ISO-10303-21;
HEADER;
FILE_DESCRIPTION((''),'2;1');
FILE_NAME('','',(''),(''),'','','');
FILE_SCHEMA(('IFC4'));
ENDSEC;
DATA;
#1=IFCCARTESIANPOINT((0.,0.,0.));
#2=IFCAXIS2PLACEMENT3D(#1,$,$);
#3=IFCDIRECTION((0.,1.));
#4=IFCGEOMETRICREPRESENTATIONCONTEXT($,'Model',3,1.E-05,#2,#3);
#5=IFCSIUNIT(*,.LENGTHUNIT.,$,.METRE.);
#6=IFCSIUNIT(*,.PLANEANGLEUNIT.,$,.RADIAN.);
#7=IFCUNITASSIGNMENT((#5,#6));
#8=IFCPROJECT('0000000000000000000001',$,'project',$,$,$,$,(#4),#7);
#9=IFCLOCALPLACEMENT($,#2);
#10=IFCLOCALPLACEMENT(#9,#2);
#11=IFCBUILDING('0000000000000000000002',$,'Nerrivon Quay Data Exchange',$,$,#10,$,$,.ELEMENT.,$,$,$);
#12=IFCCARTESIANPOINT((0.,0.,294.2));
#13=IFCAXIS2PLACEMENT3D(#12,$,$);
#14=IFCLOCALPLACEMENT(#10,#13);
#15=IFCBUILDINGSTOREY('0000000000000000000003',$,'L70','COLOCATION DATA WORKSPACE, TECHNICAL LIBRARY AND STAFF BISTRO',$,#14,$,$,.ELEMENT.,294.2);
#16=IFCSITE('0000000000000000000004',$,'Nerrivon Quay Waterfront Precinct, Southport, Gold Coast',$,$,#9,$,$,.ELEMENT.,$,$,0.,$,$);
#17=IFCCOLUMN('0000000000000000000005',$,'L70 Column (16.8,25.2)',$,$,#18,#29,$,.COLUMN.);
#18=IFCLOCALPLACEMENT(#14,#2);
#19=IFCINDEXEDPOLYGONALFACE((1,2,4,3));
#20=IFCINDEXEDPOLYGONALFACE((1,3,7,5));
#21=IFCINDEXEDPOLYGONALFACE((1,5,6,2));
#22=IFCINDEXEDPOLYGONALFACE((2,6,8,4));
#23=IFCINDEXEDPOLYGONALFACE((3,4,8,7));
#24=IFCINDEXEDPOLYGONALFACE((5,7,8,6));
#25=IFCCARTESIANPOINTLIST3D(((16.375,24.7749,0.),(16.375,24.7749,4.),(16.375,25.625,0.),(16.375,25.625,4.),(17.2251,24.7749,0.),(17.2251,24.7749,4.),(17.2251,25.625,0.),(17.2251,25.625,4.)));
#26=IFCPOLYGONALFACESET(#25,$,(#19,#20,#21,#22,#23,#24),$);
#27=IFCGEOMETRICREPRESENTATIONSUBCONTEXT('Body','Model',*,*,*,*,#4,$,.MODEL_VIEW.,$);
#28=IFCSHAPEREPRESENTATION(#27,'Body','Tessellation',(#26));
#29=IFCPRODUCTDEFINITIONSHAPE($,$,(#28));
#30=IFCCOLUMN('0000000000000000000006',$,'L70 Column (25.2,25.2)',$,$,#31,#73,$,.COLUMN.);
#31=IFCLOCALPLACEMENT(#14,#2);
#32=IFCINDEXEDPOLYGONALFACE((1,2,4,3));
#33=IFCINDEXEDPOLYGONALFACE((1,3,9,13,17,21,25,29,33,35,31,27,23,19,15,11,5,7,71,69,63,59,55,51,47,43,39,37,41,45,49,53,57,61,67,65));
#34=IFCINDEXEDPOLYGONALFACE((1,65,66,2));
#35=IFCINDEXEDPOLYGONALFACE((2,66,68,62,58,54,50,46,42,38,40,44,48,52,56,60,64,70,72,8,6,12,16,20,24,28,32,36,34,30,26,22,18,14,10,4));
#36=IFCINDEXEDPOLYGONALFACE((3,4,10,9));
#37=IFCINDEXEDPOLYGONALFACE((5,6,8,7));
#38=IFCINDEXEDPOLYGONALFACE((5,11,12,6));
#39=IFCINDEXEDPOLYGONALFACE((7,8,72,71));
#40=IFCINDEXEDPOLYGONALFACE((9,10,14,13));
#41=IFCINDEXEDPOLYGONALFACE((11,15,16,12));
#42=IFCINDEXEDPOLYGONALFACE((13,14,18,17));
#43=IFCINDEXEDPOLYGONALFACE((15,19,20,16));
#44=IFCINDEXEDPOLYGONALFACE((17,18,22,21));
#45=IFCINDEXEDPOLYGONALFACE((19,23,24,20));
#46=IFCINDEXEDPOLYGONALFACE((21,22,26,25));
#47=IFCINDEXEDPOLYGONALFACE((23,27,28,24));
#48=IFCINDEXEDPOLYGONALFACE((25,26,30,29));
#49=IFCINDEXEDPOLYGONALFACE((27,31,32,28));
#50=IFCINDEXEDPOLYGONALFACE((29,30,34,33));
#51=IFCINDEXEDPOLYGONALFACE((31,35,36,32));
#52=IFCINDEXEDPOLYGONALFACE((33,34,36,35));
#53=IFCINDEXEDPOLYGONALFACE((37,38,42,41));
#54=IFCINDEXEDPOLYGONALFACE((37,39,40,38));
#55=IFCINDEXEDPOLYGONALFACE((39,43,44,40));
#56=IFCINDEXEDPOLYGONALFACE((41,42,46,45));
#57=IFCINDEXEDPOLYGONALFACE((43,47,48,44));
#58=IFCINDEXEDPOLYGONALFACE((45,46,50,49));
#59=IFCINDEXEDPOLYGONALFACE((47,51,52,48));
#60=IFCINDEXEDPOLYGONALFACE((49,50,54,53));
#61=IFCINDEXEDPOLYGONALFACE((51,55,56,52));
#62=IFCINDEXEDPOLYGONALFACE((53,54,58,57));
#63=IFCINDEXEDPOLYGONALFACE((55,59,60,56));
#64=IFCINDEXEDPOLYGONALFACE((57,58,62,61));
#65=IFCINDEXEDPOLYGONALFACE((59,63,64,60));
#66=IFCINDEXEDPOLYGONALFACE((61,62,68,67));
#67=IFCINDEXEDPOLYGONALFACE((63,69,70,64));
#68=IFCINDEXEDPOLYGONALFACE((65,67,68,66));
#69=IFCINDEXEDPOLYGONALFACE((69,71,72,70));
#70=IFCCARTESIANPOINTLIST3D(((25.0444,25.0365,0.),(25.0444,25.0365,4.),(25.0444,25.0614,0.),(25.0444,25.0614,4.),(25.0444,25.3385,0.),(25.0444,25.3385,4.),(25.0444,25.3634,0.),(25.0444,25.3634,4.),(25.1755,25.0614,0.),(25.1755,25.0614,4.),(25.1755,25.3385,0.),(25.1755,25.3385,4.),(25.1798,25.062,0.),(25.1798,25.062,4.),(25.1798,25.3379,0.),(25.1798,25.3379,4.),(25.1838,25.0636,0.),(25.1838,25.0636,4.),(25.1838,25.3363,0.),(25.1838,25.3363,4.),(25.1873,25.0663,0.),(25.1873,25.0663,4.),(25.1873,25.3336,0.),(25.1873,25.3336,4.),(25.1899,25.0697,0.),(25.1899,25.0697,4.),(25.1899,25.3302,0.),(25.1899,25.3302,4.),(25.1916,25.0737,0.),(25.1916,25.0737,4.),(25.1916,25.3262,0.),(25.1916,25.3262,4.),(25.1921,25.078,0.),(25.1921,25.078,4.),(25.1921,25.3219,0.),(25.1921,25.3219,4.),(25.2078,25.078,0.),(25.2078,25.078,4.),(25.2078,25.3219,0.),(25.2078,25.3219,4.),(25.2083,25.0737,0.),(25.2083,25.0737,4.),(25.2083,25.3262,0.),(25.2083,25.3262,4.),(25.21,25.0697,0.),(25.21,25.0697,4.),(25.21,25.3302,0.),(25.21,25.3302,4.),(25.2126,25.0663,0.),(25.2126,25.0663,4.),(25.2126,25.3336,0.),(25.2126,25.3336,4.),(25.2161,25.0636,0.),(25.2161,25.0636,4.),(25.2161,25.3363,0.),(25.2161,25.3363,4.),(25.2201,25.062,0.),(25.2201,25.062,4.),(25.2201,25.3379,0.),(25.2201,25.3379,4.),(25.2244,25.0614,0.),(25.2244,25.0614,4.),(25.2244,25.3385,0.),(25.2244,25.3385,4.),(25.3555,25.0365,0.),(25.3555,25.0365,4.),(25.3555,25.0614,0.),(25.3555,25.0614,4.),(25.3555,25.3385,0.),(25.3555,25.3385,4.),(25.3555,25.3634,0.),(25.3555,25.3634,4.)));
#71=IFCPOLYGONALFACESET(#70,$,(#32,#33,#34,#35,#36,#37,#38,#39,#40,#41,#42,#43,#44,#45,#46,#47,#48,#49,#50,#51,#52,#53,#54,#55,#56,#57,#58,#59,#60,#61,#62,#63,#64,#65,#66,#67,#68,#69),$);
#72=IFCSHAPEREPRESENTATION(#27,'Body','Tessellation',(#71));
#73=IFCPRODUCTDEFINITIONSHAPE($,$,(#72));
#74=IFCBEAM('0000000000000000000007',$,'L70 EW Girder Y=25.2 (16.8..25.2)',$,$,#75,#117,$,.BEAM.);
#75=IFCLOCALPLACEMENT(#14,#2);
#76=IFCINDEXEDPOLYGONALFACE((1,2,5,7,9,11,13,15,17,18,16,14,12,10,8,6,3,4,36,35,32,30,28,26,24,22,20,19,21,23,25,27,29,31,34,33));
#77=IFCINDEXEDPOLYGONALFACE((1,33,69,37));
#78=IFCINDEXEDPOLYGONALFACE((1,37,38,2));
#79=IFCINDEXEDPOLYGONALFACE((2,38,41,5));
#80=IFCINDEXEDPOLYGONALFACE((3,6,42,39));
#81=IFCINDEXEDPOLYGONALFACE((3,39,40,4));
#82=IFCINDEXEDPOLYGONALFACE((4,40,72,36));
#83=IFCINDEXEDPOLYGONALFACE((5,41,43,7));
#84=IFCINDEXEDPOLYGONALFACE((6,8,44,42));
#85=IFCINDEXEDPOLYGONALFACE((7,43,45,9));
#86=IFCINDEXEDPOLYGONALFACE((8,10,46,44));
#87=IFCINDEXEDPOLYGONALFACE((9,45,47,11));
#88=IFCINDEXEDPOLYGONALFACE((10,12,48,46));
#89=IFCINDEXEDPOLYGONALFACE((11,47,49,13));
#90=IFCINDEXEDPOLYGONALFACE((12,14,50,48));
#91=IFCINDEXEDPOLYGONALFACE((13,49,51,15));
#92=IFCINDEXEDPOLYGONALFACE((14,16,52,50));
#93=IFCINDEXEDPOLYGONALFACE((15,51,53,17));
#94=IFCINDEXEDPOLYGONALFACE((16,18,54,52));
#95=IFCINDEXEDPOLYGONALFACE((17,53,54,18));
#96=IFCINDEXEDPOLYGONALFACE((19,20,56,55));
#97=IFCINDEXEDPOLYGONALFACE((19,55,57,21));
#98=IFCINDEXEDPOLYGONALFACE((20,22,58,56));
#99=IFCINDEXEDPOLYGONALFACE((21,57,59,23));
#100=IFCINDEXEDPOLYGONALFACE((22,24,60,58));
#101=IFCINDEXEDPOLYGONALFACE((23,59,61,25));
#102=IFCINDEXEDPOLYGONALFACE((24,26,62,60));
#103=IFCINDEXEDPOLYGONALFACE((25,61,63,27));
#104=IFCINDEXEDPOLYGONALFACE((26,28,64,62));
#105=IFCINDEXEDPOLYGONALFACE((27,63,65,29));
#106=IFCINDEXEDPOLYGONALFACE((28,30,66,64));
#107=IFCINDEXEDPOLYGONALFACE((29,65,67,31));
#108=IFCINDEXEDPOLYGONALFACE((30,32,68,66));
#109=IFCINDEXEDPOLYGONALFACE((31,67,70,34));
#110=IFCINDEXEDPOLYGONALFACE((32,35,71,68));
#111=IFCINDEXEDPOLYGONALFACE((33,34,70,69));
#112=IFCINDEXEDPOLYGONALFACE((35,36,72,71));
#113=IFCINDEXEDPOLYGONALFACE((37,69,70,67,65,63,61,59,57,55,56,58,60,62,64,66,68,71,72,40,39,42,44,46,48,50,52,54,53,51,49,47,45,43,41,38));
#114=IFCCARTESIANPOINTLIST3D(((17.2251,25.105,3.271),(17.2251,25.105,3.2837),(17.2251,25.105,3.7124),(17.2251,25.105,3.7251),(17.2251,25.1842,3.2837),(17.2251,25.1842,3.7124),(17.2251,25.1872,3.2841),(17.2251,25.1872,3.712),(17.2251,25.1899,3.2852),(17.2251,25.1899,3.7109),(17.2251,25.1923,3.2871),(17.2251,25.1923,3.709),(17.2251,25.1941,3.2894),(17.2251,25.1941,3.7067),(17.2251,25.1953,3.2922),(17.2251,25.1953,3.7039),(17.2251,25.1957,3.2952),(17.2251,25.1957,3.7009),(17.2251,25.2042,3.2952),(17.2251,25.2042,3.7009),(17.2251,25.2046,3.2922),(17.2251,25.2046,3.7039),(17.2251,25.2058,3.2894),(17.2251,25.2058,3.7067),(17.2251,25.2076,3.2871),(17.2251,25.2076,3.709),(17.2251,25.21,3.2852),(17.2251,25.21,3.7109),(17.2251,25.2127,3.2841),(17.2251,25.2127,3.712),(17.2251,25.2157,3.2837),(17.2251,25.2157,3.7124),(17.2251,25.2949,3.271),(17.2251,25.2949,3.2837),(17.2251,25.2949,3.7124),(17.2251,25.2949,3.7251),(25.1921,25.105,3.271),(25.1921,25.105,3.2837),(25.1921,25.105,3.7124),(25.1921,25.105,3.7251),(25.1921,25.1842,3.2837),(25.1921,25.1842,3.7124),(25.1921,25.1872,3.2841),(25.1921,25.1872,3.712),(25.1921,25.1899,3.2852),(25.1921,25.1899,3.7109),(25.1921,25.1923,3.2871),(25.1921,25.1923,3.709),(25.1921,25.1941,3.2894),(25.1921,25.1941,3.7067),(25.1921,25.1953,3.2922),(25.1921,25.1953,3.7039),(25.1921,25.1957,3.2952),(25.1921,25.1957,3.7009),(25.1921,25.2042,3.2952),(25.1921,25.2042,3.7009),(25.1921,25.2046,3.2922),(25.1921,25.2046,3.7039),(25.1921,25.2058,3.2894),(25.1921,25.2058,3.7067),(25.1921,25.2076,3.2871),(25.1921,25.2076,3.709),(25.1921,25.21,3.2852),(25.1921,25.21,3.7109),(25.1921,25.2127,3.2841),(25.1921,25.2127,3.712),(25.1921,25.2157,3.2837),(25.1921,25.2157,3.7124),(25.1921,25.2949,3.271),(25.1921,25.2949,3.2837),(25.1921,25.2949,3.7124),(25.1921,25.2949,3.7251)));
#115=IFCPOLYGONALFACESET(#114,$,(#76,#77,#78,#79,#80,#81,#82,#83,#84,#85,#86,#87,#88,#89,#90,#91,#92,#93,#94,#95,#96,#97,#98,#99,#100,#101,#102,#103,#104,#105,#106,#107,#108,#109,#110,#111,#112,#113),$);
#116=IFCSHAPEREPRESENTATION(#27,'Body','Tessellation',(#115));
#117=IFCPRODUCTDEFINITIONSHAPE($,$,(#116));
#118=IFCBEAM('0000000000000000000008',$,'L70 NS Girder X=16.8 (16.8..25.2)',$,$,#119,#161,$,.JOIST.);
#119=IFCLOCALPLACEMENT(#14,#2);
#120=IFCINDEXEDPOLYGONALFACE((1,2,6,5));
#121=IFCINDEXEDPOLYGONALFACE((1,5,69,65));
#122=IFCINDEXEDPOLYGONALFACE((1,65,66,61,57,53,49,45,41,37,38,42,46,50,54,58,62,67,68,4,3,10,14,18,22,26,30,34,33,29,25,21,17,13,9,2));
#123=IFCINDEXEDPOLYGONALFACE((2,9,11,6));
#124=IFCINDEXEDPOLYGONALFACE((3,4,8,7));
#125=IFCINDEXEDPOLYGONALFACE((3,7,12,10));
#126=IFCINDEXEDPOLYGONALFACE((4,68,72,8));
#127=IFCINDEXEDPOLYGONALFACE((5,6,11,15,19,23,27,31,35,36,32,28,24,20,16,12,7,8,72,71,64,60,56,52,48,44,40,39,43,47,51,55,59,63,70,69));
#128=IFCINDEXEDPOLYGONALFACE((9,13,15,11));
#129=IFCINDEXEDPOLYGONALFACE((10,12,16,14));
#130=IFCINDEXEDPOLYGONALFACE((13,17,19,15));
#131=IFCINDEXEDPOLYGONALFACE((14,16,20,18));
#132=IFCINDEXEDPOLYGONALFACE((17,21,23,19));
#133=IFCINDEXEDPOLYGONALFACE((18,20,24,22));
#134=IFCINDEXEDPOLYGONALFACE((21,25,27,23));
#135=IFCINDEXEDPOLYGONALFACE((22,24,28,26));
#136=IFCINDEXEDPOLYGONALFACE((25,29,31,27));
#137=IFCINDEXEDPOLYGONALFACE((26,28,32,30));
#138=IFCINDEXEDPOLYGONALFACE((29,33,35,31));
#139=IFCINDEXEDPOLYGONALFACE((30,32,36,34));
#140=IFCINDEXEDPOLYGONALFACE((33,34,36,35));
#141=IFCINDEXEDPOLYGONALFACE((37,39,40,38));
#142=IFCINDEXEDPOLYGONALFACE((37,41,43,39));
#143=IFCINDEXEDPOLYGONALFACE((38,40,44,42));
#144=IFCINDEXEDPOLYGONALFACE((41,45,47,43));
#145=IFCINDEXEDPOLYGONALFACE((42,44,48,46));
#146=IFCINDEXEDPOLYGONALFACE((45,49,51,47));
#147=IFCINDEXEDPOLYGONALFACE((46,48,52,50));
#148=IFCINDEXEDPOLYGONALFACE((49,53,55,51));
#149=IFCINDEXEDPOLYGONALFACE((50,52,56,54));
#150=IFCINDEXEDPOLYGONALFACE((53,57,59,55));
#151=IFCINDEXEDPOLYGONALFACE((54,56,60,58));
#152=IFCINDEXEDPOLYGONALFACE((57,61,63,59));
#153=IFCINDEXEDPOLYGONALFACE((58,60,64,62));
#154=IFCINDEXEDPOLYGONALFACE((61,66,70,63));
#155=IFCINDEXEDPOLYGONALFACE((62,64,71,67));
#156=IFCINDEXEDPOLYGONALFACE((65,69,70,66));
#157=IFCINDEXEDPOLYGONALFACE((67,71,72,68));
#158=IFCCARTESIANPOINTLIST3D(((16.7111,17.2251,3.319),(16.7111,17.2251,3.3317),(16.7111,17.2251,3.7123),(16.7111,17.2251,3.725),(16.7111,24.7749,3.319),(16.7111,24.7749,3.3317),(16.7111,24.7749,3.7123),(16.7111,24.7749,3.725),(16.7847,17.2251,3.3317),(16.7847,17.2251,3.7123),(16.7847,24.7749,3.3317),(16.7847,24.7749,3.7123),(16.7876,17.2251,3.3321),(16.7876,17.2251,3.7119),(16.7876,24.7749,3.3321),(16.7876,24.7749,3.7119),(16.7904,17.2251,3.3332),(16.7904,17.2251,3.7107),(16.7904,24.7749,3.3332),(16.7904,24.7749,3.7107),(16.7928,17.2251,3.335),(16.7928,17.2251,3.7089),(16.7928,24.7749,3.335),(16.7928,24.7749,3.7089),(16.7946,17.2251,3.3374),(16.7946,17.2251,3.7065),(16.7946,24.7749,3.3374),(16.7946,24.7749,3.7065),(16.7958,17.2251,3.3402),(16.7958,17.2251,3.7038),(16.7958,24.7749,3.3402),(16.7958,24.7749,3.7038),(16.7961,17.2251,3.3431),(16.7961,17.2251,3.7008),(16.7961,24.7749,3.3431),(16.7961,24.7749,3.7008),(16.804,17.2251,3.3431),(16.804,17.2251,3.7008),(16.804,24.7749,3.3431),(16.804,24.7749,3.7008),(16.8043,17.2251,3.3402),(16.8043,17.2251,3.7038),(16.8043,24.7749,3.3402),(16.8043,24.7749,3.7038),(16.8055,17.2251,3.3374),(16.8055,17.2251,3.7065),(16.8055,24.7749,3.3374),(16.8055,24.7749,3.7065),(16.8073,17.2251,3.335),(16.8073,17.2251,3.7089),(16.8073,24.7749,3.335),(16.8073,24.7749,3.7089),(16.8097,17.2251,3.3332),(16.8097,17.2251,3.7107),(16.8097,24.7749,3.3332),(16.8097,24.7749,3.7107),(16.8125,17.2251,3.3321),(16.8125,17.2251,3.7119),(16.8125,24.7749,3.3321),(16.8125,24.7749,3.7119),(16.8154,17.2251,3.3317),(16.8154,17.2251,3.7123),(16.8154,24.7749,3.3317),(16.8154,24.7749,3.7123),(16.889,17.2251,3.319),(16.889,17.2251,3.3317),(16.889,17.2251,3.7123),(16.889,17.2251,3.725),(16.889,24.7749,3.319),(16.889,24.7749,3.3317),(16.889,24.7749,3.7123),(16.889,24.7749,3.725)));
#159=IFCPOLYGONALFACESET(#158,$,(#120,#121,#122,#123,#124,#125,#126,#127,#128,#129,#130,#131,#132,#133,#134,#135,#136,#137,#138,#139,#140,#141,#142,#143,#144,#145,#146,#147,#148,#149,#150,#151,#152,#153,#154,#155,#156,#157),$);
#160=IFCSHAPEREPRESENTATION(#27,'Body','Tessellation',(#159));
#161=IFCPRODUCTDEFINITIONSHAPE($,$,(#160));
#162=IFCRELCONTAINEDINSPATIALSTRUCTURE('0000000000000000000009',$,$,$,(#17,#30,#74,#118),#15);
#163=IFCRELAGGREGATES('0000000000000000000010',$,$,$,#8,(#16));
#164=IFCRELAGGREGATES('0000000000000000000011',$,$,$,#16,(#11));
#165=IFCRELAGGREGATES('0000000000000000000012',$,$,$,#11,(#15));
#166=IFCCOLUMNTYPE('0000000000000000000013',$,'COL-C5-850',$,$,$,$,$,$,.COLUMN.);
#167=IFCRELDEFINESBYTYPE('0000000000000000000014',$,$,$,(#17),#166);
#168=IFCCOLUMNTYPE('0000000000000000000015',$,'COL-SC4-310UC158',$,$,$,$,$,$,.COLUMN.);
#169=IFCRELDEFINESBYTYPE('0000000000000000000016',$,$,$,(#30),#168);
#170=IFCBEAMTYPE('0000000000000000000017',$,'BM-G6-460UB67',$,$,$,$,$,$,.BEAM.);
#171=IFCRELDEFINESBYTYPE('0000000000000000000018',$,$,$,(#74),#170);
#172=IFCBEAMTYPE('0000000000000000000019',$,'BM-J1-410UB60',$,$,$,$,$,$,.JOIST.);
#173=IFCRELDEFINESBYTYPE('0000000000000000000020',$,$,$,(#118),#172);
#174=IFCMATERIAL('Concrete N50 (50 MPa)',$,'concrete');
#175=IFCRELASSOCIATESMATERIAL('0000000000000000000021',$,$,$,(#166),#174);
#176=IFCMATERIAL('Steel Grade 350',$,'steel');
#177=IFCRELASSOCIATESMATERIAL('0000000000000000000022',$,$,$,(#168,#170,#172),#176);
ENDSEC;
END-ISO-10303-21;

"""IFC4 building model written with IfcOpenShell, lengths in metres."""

from ifc_helpers import new_model, si_unit, direction, frame, origin, origin_2d, place, context, subcontext, project, spatial, rectangle, i_section, extrude, material, material_profile, profile_set, type_object, element, save


model = new_model("IFC4")

# Units and contexts
model_context = context("Model", 3, precision=1e-05, world=origin(), true_north=direction((0.0, 1.0)))
body_context = subcontext(model_context, "Body", "Model", "MODEL_VIEW")
ifc_project = project(units=[si_unit("LENGTHUNIT", "METRE"), si_unit("PLANEANGLEUNIT", "RADIAN")], contexts=[model_context])

# Site, building, storey
site_placement = place(None, origin())
site = spatial("IfcSite", under=ifc_project, at=site_placement, Name="Nerrivon Quay Waterfront Precinct, Southport, Gold Coast", CompositionType="ELEMENT", RefElevation=0.0)
building_placement = place(site_placement, origin())
building = spatial("IfcBuilding", under=site, at=building_placement, Name="Nerrivon Quay Data Exchange", CompositionType="ELEMENT")
storey_placement = place(building_placement, frame((0.0, 0.0, 294.2)))
storey = spatial("IfcBuildingStorey", under=building, at=storey_placement, Name="L70", Description="COLOCATION DATA WORKSPACE, TECHNICAL LIBRARY AND STAFF BISTRO", CompositionType="ELEMENT", Elevation=294.2)

# Columns
ifc_material_1 = material(Name="Concrete N50 (50 MPa)", Category="concrete")
ifc_material_profile_1 = material_profile(ifc_material_1, rectangle(XDim=0.8501, YDim=0.8501, at=origin_2d()), Name="RC-COL-850x850")
ifc_profile_set_1 = profile_set([ifc_material_profile_1], Name="Concrete N50 (50 MPa)")
column_type_1 = type_object("IfcColumnType", Name="COL-C5-850", PredefinedType="COLUMN", material=ifc_profile_set_1)
column_1_placement = place(storey_placement, frame((16.8, 25.2, 0.0), z_axis=(0.0, 0.0, 1.0), x_axis=(1.0, 0.0, 0.0)))
element("IfcColumn", 1, at=column_1_placement, inside=storey, type_object=column_type_1, Name="L70 Column (16.8,25.2)", PredefinedType="COLUMN", context=body_context, shape_type="SweptSolid", body=[
    extrude(rectangle(XDim=0.8501, YDim=0.8501, at=origin_2d()), origin(), (0.0, 0.0, 1.0), 4.0),
])
ifc_material_2 = material(Name="Steel Grade 350", Category="steel")
ifc_material_profile_2 = material_profile(ifc_material_2, i_section(OverallWidth=0.311, OverallDepth=0.3269, WebThickness=0.0156, FlangeThickness=0.0249, FilletRadius=0.0166, at=origin_2d()), Name="310UC158")
ifc_profile_set_2 = profile_set([ifc_material_profile_2], Name="Steel Grade 350")
column_type_2 = type_object("IfcColumnType", Name="COL-SC4-310UC158", PredefinedType="COLUMN", material=ifc_profile_set_2)
column_2_placement = place(storey_placement, frame((25.2, 25.2, 0.0), z_axis=(0.0, 0.0, 1.0), x_axis=(1.0, 0.0, 0.0)))
element("IfcColumn", 2, at=column_2_placement, inside=storey, type_object=column_type_2, Name="L70 Column (25.2,25.2)", PredefinedType="COLUMN", context=body_context, shape_type="SweptSolid", body=[
    extrude(i_section(OverallWidth=0.311, OverallDepth=0.3269, WebThickness=0.0156, FlangeThickness=0.0249, FilletRadius=0.0166, at=origin_2d()), origin(), (0.0, 0.0, 1.0), 4.0),
])

# Beams
ifc_material_profile_3 = material_profile(ifc_material_2, i_section(OverallWidth=0.1899, OverallDepth=0.4541, WebThickness=0.0085, FlangeThickness=0.0127, FilletRadius=0.0115, at=origin_2d()), Name="460UB67.1")
ifc_profile_set_3 = profile_set([ifc_material_profile_3], Name="Steel Grade 350")
beam_type_1 = type_object("IfcBeamType", Name="BM-G6-460UB67", PredefinedType="BEAM", material=ifc_profile_set_3)
beam_1_placement = place(storey_placement, frame((17.2251, 25.2, 3.498), z_axis=(1.0, 0.0, 0.0), x_axis=(0.0, 1.0, 0.0)))
element("IfcBeam", 3, at=beam_1_placement, inside=storey, type_object=beam_type_1, Name="L70 EW Girder Y=25.2 (16.8..25.2)", PredefinedType="BEAM", context=body_context, shape_type="SweptSolid", body=[
    extrude(i_section(OverallWidth=0.1899, OverallDepth=0.4541, WebThickness=0.0085, FlangeThickness=0.0127, FilletRadius=0.0115, at=origin_2d()), origin(), (0.0, 0.0, 1.0), 7.967),
])
ifc_material_profile_4 = material_profile(ifc_material_2, i_section(OverallWidth=0.178, OverallDepth=0.406, WebThickness=0.0078, FlangeThickness=0.0127, FilletRadius=0.0115, at=origin_2d()), Name="410UB59.7")
ifc_profile_set_4 = profile_set([ifc_material_profile_4], Name="Steel Grade 350")
beam_type_2 = type_object("IfcBeamType", Name="BM-J1-410UB60", PredefinedType="JOIST", material=ifc_profile_set_4)
beam_2_placement = place(storey_placement, frame((16.8, 17.2251, 3.522), z_axis=(0.0, 1.0, 0.0), x_axis=(-1.0, 0.0, 0.0)))
element("IfcBeam", 4, at=beam_2_placement, inside=storey, type_object=beam_type_2, Name="L70 NS Girder X=16.8 (16.8..25.2)", PredefinedType="JOIST", context=body_context, shape_type="SweptSolid", body=[
    extrude(i_section(OverallWidth=0.178, OverallDepth=0.406, WebThickness=0.0078, FlangeThickness=0.0127, FilletRadius=0.0115, at=origin_2d()), origin(), (0.0, 0.0, 1.0), 7.5498),
])

save(model, "model.ifc")
